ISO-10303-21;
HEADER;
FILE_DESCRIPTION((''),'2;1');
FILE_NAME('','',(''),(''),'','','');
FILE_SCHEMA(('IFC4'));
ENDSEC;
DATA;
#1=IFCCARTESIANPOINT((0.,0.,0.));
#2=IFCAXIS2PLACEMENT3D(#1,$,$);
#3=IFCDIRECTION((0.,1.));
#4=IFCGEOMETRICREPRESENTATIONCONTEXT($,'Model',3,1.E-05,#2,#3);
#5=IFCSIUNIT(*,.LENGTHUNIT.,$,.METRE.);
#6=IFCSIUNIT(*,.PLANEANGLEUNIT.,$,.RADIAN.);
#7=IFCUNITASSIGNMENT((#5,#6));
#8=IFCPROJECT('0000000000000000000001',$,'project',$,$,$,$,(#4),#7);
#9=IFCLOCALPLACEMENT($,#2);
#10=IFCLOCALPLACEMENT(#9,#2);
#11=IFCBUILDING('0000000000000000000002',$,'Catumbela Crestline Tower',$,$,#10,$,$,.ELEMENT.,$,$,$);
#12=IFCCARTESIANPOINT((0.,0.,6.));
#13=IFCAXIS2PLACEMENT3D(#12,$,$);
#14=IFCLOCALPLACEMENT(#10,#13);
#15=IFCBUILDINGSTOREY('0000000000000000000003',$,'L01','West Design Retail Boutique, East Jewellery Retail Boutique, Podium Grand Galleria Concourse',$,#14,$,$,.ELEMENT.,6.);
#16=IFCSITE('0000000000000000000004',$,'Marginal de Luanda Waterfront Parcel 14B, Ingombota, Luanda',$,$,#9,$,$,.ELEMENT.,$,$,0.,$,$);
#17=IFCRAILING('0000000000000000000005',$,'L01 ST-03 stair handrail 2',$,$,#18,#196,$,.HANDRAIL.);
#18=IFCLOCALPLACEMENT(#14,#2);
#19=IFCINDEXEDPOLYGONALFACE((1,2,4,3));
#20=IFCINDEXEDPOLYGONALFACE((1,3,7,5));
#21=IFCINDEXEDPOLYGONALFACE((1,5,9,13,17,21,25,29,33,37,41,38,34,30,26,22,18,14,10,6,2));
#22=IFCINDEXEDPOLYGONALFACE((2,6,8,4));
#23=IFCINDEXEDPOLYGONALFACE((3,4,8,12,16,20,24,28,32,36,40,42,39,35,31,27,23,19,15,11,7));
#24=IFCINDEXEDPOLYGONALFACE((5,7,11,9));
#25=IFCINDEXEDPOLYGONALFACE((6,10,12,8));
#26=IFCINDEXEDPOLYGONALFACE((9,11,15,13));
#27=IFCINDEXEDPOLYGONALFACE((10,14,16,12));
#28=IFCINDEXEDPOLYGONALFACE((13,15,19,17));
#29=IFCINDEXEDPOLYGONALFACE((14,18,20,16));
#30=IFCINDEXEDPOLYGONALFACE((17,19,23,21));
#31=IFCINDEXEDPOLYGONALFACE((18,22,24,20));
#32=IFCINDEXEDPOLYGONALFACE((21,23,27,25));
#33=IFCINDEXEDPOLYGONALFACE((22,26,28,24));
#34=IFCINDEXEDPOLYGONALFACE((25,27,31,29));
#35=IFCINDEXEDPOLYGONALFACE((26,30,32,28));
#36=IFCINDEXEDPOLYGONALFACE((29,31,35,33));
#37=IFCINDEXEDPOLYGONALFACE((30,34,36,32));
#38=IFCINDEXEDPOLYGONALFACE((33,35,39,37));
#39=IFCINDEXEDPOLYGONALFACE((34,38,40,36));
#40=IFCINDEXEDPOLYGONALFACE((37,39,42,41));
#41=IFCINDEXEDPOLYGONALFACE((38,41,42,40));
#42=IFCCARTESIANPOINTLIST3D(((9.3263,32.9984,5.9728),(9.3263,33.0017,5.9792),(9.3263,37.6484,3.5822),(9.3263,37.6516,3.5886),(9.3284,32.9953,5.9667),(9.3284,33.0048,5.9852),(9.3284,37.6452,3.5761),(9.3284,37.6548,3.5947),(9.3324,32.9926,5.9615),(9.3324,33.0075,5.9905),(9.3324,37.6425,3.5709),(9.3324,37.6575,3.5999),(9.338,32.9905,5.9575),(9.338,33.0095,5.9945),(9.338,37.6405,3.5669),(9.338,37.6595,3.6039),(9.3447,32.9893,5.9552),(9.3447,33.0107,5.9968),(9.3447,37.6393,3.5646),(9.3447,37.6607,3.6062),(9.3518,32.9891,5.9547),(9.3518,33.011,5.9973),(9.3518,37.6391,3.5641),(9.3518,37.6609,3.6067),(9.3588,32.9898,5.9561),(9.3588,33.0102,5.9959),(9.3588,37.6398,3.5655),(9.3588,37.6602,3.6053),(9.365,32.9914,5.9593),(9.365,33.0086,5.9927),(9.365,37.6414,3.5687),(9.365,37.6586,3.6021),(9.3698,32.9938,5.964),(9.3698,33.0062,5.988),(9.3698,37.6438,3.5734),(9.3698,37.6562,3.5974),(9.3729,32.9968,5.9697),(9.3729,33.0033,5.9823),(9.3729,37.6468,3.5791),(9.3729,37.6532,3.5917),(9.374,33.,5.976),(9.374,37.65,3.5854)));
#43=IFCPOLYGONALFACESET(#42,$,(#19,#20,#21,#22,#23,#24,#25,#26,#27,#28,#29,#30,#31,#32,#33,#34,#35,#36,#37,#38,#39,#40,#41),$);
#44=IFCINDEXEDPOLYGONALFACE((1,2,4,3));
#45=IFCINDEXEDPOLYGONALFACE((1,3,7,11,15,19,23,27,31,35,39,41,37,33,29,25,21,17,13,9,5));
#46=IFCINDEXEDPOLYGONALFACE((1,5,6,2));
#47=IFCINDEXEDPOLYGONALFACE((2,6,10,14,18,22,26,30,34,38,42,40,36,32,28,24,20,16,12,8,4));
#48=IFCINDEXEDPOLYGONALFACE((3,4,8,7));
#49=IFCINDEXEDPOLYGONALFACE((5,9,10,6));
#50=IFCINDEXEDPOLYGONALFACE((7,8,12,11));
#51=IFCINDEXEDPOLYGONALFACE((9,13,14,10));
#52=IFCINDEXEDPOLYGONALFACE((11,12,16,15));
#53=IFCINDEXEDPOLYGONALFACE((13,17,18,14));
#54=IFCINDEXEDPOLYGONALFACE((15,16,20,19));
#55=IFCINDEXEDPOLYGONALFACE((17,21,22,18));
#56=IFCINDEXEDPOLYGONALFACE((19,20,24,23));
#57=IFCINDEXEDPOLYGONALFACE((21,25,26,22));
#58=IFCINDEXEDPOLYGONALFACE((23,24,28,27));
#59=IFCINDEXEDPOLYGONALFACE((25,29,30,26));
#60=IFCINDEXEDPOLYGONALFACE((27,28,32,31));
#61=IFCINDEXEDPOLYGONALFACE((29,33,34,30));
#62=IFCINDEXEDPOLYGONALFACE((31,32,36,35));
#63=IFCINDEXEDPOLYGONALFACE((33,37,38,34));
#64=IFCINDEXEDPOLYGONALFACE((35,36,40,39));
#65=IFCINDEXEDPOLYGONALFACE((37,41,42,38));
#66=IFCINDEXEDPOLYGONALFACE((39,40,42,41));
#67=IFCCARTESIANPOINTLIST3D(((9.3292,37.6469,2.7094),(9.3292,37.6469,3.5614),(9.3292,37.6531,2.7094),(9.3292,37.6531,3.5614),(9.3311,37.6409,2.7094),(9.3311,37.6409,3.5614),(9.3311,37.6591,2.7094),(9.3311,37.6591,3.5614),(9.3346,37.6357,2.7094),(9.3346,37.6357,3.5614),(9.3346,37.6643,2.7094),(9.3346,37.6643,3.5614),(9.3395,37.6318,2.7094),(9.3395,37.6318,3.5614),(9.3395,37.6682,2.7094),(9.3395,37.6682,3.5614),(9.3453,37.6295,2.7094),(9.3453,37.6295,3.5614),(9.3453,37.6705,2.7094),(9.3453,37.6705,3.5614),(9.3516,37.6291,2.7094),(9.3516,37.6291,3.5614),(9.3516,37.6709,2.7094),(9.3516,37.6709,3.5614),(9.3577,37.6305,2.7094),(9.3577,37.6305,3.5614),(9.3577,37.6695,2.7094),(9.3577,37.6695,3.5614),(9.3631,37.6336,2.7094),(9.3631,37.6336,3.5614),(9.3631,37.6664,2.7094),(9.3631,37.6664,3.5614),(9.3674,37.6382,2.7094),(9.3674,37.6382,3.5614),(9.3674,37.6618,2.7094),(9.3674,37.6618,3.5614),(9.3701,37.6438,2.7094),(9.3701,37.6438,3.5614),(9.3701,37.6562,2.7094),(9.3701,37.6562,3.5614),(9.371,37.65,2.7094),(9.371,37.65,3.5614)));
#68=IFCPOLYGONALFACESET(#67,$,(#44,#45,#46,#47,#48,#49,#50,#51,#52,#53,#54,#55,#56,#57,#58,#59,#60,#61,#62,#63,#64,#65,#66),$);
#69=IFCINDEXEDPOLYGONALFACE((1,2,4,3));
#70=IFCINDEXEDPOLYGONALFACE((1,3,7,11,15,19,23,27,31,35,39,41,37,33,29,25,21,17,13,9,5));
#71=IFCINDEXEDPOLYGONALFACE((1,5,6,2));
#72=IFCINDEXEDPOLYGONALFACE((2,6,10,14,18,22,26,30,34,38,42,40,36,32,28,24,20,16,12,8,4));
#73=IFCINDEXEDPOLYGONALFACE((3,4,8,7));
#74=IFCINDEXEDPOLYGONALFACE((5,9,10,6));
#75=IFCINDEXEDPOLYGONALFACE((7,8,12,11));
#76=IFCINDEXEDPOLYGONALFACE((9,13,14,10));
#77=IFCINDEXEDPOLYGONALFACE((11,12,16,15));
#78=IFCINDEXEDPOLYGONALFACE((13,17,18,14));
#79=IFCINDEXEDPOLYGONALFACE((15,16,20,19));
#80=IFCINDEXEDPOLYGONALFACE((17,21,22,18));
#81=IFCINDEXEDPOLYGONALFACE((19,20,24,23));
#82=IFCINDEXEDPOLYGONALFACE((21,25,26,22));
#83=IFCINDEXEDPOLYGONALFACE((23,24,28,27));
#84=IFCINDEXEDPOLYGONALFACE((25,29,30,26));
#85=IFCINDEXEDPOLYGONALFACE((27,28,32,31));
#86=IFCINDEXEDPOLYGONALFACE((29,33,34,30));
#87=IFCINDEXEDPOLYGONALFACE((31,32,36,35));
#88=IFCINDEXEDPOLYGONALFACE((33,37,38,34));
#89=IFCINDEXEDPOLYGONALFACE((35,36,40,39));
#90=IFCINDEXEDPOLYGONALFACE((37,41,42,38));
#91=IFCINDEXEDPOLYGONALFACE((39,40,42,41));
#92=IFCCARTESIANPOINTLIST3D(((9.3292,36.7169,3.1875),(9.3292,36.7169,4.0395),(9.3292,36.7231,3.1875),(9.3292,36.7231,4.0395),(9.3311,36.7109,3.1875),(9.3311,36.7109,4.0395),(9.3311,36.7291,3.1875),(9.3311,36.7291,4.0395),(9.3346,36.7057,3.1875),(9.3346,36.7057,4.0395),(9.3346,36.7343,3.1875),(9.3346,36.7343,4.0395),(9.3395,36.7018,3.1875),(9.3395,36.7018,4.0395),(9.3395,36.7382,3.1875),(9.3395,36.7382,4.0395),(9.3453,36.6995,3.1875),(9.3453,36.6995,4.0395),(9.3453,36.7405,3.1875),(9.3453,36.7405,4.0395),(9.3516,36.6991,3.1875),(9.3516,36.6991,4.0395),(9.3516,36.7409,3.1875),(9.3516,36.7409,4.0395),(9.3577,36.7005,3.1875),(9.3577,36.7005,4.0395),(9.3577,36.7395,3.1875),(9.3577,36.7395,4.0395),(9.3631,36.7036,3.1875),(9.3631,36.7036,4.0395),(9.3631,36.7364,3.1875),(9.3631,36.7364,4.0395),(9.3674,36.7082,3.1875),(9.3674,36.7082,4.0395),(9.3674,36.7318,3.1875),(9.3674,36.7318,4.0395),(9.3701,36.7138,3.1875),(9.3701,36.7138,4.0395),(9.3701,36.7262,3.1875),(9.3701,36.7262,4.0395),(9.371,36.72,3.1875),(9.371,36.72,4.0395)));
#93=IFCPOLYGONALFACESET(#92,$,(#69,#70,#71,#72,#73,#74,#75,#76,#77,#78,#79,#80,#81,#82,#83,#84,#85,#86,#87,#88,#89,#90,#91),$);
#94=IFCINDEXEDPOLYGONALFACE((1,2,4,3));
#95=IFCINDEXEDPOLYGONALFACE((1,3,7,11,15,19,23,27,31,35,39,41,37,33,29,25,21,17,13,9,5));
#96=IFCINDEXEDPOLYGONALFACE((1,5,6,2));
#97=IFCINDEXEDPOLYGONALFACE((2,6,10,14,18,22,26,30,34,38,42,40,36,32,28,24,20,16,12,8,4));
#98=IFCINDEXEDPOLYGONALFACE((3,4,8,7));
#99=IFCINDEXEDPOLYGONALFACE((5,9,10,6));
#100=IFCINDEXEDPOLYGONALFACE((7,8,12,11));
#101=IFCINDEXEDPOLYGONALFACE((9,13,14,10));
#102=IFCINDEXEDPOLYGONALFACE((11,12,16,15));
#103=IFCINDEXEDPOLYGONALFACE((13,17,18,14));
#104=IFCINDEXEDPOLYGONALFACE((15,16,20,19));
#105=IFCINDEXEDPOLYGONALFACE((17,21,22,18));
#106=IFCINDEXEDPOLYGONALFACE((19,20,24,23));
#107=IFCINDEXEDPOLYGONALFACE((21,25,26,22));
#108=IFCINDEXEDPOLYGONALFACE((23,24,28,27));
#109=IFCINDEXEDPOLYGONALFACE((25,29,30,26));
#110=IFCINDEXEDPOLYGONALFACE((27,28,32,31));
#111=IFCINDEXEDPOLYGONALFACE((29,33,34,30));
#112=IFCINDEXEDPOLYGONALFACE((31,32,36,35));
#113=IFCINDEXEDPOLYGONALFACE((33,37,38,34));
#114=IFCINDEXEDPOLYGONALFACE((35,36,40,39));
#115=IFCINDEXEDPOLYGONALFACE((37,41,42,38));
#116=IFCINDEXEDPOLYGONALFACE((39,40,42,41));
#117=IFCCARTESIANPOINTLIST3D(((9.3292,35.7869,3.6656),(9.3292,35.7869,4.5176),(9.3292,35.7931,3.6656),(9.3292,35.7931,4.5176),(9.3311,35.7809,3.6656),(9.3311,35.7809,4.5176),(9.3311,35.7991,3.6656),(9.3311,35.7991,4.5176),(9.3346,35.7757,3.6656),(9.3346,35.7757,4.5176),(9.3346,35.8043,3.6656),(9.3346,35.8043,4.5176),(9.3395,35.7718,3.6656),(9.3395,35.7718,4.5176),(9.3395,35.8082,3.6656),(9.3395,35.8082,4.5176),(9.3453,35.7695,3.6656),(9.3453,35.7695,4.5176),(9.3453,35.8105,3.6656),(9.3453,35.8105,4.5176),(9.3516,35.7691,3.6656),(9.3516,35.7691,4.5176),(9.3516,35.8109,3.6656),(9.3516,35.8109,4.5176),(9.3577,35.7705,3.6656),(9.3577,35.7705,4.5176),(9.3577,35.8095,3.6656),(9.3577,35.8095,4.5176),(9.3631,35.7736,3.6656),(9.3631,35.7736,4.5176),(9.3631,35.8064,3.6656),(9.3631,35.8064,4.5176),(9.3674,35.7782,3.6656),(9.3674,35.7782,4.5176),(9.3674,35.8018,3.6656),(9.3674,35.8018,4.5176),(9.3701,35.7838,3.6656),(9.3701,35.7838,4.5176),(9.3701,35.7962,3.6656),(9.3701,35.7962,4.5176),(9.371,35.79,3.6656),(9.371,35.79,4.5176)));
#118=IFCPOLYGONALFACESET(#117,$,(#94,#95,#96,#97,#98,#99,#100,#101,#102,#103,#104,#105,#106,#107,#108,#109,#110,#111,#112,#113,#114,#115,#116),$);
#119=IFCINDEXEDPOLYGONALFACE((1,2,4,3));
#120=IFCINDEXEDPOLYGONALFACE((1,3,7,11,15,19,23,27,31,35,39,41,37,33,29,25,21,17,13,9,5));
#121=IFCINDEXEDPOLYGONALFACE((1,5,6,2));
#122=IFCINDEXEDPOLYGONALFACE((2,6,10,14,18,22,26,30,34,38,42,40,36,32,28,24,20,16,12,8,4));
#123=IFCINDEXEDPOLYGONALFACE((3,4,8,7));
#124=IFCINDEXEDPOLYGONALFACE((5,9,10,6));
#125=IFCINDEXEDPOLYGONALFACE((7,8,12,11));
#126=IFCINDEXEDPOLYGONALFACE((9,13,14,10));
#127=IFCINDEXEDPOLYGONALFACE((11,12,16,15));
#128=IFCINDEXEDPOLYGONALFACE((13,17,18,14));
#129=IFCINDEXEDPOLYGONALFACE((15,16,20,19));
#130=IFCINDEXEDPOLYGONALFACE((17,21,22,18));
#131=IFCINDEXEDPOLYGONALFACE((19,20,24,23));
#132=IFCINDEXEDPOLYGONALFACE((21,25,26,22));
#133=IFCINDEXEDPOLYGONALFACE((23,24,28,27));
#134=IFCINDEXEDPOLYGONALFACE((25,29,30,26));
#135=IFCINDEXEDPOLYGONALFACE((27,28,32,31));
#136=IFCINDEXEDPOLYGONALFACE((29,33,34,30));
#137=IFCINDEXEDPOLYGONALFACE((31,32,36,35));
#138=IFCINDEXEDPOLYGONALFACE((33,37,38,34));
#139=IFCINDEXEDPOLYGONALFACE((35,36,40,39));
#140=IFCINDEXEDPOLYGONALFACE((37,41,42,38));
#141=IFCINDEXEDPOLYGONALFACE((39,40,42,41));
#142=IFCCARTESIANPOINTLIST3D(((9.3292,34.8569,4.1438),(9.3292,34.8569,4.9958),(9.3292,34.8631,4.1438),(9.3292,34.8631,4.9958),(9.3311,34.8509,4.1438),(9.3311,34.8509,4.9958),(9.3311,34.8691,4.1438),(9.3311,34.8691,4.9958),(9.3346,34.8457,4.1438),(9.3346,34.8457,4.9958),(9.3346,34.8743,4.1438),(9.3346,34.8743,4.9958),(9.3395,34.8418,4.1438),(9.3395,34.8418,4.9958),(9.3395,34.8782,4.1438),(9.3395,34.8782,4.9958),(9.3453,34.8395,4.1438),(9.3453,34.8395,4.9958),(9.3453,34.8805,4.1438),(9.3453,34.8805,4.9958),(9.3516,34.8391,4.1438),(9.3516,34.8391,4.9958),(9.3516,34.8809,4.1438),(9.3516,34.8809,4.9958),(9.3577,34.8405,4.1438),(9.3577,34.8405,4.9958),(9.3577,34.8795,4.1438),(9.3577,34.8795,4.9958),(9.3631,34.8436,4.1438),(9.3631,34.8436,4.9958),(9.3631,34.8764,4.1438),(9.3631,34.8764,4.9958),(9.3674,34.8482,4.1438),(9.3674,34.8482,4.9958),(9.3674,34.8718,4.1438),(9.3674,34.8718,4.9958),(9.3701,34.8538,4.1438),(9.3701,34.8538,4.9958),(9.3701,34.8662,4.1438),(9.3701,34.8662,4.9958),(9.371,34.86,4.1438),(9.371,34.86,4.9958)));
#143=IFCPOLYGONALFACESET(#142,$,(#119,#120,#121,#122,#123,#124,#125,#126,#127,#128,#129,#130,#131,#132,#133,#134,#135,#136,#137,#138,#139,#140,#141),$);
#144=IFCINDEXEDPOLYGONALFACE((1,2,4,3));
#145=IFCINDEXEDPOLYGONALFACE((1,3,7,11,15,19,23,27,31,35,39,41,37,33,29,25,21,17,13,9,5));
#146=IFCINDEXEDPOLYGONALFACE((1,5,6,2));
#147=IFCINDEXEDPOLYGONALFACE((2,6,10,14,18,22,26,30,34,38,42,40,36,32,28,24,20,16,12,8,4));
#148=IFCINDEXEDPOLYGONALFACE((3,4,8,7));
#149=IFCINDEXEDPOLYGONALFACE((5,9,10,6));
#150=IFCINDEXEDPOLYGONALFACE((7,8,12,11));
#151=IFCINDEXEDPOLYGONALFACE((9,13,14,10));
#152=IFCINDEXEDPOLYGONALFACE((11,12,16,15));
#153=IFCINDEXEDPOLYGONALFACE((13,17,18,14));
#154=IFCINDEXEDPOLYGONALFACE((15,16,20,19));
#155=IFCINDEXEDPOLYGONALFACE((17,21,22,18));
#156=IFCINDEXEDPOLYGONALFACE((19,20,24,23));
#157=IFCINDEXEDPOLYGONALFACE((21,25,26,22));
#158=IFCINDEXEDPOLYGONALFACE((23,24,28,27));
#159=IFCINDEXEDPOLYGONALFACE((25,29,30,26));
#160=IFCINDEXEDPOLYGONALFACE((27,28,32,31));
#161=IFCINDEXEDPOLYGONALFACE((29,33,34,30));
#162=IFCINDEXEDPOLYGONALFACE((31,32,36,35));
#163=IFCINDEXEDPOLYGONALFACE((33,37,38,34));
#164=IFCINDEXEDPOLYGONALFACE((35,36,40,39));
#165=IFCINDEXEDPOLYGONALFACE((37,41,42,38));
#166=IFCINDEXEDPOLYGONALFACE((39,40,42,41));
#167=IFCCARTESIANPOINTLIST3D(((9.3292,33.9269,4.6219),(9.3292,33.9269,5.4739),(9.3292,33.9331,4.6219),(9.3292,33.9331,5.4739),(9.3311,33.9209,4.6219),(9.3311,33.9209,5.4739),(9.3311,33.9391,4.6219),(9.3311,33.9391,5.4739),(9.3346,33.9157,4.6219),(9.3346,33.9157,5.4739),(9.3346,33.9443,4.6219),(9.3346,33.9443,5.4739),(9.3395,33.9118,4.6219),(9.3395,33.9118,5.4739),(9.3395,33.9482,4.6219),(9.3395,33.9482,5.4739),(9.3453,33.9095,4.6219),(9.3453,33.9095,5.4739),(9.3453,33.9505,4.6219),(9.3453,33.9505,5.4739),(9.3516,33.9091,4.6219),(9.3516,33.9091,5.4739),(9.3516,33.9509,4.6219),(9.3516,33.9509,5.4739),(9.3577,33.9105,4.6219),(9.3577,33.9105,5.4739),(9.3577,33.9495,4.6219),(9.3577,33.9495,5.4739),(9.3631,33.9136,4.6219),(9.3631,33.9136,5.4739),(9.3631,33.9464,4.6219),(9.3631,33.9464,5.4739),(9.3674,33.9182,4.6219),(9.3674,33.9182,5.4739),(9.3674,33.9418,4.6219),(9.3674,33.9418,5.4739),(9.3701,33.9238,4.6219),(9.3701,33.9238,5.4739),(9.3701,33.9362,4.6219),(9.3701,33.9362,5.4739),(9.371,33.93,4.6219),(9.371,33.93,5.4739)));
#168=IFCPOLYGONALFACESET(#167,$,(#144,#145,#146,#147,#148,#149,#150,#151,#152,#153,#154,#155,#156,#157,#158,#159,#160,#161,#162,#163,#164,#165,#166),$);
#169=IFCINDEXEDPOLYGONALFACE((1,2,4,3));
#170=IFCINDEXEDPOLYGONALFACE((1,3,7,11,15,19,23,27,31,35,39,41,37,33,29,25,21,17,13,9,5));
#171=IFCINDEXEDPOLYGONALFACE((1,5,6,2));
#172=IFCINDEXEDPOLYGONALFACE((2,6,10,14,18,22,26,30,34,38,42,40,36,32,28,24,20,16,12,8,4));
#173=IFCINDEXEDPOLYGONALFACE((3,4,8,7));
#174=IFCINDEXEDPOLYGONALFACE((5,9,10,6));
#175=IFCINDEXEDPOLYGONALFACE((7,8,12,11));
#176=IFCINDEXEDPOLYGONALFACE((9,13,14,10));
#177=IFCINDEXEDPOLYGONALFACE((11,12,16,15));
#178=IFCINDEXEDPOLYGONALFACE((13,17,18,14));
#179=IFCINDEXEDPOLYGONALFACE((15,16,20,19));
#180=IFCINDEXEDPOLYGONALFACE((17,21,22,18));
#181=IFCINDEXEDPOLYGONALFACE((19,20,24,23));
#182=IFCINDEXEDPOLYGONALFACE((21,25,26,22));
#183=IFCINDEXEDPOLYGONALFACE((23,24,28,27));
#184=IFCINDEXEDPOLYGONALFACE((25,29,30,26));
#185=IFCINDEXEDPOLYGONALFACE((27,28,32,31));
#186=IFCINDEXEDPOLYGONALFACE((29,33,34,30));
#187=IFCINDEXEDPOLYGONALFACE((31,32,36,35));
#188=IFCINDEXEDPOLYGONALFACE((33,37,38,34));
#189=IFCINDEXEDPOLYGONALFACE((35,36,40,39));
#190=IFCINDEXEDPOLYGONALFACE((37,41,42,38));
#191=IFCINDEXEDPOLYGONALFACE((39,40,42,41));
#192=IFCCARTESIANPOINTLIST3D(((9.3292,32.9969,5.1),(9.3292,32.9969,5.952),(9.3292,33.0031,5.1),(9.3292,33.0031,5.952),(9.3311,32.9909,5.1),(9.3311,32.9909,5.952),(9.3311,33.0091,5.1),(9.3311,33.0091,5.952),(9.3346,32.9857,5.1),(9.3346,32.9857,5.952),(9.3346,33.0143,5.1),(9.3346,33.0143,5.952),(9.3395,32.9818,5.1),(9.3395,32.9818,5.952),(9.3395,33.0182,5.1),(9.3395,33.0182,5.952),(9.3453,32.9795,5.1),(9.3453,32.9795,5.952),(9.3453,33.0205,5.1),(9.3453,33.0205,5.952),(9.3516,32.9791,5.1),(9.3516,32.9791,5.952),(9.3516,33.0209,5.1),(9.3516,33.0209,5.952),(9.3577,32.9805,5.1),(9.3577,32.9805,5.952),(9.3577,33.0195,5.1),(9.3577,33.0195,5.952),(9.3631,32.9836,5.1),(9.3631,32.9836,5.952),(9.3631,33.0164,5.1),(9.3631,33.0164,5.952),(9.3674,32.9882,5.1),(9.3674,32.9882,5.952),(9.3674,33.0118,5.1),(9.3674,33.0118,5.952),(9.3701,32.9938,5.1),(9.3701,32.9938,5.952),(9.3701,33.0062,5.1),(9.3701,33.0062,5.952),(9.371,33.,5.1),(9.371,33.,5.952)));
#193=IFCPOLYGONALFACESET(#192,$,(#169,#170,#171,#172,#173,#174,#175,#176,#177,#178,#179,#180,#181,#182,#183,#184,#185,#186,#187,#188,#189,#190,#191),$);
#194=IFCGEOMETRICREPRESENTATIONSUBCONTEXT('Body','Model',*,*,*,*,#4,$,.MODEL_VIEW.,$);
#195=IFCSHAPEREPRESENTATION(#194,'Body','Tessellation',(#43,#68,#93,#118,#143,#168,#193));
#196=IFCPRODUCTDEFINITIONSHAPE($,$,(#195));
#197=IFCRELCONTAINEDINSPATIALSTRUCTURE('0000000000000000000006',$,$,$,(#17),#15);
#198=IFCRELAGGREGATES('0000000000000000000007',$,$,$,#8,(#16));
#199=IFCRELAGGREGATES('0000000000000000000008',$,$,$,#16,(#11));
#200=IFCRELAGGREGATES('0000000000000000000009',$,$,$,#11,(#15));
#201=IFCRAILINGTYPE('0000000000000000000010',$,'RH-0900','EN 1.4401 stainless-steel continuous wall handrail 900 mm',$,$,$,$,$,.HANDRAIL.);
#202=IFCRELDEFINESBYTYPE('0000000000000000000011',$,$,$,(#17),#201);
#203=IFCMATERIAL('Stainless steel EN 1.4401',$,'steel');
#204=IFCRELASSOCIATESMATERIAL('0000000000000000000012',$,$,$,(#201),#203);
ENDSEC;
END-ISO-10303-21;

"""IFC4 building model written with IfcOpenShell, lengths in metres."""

from ifc_helpers import new_model, si_unit, direction, frame, origin, origin_2d, place, context, subcontext, project, spatial, circle, extrude, material, type_object, element, save


model = new_model("IFC4")

# Units and contexts
model_context = context("Model", 3, precision=1e-05, world=origin(), true_north=direction((0.0, 1.0)))
body_context = subcontext(model_context, "Body", "Model", "MODEL_VIEW")
ifc_project = project(units=[si_unit("LENGTHUNIT", "METRE"), si_unit("PLANEANGLEUNIT", "RADIAN")], contexts=[model_context])

# Site, building, storey
site_placement = place(None, origin())
site = spatial("IfcSite", under=ifc_project, at=site_placement, Name="Marginal de Luanda Waterfront Parcel 14B, Ingombota, Luanda", CompositionType="ELEMENT", RefElevation=0.0)
building_placement = place(site_placement, origin())
building = spatial("IfcBuilding", under=site, at=building_placement, Name="Catumbela Crestline Tower", CompositionType="ELEMENT")
storey_placement = place(building_placement, frame((0.0, 0.0, 6.0)))
storey = spatial("IfcBuildingStorey", under=building, at=storey_placement, Name="L01", Description="West Design Retail Boutique, East Jewellery Retail Boutique, Podium Grand Galleria Concourse", CompositionType="ELEMENT", Elevation=6.0)

# Shared definitions
ifc_material_1 = material(Name="Stainless steel EN 1.4401", Category="steel")

# Railing
railing_type_1 = type_object("IfcRailingType", Name="RH-0900", Description="EN 1.4401 stainless-steel continuous wall handrail 900 mm", PredefinedType="HANDRAIL", material=ifc_material_1)
railing_1_placement = place(storey_placement, frame((9.35, 37.65, 2.7094)))
element("IfcRailing", 1, at=railing_1_placement, inside=storey, type_object=railing_type_1, Name="L01 ST-03 stair handrail 2", PredefinedType="HANDRAIL", context=body_context, shape_type="SweptSolid", body=[
    extrude(circle(Radius=0.024, at=origin_2d()), frame((0.0, 0.0, 0.876), z_axis=(0.0, -0.889352, 0.457223), x_axis=(1.0, 0.0, 0.0)), (0.0, 0.0, 1.0), 5.2285),
    extrude(circle(Radius=0.021, at=origin_2d()), origin(), (0.0, 0.0, 1.0), 0.852),
    extrude(circle(Radius=0.021, at=origin_2d()), frame((0.0, -0.93, 0.4781)), (0.0, 0.0, 1.0), 0.852),
    extrude(circle(Radius=0.021, at=origin_2d()), frame((0.0, -1.86, 0.9562)), (0.0, 0.0, 1.0), 0.852),
    extrude(circle(Radius=0.021, at=origin_2d()), frame((0.0, -2.79, 1.4344)), (0.0, 0.0, 1.0), 0.852),
    extrude(circle(Radius=0.021, at=origin_2d()), frame((0.0, -3.72, 1.9125)), (0.0, 0.0, 1.0), 0.852),
    extrude(circle(Radius=0.021, at=origin_2d()), frame((0.0, -4.65, 2.3906)), (0.0, 0.0, 1.0), 0.852),
])

save(model, "model.ifc")
